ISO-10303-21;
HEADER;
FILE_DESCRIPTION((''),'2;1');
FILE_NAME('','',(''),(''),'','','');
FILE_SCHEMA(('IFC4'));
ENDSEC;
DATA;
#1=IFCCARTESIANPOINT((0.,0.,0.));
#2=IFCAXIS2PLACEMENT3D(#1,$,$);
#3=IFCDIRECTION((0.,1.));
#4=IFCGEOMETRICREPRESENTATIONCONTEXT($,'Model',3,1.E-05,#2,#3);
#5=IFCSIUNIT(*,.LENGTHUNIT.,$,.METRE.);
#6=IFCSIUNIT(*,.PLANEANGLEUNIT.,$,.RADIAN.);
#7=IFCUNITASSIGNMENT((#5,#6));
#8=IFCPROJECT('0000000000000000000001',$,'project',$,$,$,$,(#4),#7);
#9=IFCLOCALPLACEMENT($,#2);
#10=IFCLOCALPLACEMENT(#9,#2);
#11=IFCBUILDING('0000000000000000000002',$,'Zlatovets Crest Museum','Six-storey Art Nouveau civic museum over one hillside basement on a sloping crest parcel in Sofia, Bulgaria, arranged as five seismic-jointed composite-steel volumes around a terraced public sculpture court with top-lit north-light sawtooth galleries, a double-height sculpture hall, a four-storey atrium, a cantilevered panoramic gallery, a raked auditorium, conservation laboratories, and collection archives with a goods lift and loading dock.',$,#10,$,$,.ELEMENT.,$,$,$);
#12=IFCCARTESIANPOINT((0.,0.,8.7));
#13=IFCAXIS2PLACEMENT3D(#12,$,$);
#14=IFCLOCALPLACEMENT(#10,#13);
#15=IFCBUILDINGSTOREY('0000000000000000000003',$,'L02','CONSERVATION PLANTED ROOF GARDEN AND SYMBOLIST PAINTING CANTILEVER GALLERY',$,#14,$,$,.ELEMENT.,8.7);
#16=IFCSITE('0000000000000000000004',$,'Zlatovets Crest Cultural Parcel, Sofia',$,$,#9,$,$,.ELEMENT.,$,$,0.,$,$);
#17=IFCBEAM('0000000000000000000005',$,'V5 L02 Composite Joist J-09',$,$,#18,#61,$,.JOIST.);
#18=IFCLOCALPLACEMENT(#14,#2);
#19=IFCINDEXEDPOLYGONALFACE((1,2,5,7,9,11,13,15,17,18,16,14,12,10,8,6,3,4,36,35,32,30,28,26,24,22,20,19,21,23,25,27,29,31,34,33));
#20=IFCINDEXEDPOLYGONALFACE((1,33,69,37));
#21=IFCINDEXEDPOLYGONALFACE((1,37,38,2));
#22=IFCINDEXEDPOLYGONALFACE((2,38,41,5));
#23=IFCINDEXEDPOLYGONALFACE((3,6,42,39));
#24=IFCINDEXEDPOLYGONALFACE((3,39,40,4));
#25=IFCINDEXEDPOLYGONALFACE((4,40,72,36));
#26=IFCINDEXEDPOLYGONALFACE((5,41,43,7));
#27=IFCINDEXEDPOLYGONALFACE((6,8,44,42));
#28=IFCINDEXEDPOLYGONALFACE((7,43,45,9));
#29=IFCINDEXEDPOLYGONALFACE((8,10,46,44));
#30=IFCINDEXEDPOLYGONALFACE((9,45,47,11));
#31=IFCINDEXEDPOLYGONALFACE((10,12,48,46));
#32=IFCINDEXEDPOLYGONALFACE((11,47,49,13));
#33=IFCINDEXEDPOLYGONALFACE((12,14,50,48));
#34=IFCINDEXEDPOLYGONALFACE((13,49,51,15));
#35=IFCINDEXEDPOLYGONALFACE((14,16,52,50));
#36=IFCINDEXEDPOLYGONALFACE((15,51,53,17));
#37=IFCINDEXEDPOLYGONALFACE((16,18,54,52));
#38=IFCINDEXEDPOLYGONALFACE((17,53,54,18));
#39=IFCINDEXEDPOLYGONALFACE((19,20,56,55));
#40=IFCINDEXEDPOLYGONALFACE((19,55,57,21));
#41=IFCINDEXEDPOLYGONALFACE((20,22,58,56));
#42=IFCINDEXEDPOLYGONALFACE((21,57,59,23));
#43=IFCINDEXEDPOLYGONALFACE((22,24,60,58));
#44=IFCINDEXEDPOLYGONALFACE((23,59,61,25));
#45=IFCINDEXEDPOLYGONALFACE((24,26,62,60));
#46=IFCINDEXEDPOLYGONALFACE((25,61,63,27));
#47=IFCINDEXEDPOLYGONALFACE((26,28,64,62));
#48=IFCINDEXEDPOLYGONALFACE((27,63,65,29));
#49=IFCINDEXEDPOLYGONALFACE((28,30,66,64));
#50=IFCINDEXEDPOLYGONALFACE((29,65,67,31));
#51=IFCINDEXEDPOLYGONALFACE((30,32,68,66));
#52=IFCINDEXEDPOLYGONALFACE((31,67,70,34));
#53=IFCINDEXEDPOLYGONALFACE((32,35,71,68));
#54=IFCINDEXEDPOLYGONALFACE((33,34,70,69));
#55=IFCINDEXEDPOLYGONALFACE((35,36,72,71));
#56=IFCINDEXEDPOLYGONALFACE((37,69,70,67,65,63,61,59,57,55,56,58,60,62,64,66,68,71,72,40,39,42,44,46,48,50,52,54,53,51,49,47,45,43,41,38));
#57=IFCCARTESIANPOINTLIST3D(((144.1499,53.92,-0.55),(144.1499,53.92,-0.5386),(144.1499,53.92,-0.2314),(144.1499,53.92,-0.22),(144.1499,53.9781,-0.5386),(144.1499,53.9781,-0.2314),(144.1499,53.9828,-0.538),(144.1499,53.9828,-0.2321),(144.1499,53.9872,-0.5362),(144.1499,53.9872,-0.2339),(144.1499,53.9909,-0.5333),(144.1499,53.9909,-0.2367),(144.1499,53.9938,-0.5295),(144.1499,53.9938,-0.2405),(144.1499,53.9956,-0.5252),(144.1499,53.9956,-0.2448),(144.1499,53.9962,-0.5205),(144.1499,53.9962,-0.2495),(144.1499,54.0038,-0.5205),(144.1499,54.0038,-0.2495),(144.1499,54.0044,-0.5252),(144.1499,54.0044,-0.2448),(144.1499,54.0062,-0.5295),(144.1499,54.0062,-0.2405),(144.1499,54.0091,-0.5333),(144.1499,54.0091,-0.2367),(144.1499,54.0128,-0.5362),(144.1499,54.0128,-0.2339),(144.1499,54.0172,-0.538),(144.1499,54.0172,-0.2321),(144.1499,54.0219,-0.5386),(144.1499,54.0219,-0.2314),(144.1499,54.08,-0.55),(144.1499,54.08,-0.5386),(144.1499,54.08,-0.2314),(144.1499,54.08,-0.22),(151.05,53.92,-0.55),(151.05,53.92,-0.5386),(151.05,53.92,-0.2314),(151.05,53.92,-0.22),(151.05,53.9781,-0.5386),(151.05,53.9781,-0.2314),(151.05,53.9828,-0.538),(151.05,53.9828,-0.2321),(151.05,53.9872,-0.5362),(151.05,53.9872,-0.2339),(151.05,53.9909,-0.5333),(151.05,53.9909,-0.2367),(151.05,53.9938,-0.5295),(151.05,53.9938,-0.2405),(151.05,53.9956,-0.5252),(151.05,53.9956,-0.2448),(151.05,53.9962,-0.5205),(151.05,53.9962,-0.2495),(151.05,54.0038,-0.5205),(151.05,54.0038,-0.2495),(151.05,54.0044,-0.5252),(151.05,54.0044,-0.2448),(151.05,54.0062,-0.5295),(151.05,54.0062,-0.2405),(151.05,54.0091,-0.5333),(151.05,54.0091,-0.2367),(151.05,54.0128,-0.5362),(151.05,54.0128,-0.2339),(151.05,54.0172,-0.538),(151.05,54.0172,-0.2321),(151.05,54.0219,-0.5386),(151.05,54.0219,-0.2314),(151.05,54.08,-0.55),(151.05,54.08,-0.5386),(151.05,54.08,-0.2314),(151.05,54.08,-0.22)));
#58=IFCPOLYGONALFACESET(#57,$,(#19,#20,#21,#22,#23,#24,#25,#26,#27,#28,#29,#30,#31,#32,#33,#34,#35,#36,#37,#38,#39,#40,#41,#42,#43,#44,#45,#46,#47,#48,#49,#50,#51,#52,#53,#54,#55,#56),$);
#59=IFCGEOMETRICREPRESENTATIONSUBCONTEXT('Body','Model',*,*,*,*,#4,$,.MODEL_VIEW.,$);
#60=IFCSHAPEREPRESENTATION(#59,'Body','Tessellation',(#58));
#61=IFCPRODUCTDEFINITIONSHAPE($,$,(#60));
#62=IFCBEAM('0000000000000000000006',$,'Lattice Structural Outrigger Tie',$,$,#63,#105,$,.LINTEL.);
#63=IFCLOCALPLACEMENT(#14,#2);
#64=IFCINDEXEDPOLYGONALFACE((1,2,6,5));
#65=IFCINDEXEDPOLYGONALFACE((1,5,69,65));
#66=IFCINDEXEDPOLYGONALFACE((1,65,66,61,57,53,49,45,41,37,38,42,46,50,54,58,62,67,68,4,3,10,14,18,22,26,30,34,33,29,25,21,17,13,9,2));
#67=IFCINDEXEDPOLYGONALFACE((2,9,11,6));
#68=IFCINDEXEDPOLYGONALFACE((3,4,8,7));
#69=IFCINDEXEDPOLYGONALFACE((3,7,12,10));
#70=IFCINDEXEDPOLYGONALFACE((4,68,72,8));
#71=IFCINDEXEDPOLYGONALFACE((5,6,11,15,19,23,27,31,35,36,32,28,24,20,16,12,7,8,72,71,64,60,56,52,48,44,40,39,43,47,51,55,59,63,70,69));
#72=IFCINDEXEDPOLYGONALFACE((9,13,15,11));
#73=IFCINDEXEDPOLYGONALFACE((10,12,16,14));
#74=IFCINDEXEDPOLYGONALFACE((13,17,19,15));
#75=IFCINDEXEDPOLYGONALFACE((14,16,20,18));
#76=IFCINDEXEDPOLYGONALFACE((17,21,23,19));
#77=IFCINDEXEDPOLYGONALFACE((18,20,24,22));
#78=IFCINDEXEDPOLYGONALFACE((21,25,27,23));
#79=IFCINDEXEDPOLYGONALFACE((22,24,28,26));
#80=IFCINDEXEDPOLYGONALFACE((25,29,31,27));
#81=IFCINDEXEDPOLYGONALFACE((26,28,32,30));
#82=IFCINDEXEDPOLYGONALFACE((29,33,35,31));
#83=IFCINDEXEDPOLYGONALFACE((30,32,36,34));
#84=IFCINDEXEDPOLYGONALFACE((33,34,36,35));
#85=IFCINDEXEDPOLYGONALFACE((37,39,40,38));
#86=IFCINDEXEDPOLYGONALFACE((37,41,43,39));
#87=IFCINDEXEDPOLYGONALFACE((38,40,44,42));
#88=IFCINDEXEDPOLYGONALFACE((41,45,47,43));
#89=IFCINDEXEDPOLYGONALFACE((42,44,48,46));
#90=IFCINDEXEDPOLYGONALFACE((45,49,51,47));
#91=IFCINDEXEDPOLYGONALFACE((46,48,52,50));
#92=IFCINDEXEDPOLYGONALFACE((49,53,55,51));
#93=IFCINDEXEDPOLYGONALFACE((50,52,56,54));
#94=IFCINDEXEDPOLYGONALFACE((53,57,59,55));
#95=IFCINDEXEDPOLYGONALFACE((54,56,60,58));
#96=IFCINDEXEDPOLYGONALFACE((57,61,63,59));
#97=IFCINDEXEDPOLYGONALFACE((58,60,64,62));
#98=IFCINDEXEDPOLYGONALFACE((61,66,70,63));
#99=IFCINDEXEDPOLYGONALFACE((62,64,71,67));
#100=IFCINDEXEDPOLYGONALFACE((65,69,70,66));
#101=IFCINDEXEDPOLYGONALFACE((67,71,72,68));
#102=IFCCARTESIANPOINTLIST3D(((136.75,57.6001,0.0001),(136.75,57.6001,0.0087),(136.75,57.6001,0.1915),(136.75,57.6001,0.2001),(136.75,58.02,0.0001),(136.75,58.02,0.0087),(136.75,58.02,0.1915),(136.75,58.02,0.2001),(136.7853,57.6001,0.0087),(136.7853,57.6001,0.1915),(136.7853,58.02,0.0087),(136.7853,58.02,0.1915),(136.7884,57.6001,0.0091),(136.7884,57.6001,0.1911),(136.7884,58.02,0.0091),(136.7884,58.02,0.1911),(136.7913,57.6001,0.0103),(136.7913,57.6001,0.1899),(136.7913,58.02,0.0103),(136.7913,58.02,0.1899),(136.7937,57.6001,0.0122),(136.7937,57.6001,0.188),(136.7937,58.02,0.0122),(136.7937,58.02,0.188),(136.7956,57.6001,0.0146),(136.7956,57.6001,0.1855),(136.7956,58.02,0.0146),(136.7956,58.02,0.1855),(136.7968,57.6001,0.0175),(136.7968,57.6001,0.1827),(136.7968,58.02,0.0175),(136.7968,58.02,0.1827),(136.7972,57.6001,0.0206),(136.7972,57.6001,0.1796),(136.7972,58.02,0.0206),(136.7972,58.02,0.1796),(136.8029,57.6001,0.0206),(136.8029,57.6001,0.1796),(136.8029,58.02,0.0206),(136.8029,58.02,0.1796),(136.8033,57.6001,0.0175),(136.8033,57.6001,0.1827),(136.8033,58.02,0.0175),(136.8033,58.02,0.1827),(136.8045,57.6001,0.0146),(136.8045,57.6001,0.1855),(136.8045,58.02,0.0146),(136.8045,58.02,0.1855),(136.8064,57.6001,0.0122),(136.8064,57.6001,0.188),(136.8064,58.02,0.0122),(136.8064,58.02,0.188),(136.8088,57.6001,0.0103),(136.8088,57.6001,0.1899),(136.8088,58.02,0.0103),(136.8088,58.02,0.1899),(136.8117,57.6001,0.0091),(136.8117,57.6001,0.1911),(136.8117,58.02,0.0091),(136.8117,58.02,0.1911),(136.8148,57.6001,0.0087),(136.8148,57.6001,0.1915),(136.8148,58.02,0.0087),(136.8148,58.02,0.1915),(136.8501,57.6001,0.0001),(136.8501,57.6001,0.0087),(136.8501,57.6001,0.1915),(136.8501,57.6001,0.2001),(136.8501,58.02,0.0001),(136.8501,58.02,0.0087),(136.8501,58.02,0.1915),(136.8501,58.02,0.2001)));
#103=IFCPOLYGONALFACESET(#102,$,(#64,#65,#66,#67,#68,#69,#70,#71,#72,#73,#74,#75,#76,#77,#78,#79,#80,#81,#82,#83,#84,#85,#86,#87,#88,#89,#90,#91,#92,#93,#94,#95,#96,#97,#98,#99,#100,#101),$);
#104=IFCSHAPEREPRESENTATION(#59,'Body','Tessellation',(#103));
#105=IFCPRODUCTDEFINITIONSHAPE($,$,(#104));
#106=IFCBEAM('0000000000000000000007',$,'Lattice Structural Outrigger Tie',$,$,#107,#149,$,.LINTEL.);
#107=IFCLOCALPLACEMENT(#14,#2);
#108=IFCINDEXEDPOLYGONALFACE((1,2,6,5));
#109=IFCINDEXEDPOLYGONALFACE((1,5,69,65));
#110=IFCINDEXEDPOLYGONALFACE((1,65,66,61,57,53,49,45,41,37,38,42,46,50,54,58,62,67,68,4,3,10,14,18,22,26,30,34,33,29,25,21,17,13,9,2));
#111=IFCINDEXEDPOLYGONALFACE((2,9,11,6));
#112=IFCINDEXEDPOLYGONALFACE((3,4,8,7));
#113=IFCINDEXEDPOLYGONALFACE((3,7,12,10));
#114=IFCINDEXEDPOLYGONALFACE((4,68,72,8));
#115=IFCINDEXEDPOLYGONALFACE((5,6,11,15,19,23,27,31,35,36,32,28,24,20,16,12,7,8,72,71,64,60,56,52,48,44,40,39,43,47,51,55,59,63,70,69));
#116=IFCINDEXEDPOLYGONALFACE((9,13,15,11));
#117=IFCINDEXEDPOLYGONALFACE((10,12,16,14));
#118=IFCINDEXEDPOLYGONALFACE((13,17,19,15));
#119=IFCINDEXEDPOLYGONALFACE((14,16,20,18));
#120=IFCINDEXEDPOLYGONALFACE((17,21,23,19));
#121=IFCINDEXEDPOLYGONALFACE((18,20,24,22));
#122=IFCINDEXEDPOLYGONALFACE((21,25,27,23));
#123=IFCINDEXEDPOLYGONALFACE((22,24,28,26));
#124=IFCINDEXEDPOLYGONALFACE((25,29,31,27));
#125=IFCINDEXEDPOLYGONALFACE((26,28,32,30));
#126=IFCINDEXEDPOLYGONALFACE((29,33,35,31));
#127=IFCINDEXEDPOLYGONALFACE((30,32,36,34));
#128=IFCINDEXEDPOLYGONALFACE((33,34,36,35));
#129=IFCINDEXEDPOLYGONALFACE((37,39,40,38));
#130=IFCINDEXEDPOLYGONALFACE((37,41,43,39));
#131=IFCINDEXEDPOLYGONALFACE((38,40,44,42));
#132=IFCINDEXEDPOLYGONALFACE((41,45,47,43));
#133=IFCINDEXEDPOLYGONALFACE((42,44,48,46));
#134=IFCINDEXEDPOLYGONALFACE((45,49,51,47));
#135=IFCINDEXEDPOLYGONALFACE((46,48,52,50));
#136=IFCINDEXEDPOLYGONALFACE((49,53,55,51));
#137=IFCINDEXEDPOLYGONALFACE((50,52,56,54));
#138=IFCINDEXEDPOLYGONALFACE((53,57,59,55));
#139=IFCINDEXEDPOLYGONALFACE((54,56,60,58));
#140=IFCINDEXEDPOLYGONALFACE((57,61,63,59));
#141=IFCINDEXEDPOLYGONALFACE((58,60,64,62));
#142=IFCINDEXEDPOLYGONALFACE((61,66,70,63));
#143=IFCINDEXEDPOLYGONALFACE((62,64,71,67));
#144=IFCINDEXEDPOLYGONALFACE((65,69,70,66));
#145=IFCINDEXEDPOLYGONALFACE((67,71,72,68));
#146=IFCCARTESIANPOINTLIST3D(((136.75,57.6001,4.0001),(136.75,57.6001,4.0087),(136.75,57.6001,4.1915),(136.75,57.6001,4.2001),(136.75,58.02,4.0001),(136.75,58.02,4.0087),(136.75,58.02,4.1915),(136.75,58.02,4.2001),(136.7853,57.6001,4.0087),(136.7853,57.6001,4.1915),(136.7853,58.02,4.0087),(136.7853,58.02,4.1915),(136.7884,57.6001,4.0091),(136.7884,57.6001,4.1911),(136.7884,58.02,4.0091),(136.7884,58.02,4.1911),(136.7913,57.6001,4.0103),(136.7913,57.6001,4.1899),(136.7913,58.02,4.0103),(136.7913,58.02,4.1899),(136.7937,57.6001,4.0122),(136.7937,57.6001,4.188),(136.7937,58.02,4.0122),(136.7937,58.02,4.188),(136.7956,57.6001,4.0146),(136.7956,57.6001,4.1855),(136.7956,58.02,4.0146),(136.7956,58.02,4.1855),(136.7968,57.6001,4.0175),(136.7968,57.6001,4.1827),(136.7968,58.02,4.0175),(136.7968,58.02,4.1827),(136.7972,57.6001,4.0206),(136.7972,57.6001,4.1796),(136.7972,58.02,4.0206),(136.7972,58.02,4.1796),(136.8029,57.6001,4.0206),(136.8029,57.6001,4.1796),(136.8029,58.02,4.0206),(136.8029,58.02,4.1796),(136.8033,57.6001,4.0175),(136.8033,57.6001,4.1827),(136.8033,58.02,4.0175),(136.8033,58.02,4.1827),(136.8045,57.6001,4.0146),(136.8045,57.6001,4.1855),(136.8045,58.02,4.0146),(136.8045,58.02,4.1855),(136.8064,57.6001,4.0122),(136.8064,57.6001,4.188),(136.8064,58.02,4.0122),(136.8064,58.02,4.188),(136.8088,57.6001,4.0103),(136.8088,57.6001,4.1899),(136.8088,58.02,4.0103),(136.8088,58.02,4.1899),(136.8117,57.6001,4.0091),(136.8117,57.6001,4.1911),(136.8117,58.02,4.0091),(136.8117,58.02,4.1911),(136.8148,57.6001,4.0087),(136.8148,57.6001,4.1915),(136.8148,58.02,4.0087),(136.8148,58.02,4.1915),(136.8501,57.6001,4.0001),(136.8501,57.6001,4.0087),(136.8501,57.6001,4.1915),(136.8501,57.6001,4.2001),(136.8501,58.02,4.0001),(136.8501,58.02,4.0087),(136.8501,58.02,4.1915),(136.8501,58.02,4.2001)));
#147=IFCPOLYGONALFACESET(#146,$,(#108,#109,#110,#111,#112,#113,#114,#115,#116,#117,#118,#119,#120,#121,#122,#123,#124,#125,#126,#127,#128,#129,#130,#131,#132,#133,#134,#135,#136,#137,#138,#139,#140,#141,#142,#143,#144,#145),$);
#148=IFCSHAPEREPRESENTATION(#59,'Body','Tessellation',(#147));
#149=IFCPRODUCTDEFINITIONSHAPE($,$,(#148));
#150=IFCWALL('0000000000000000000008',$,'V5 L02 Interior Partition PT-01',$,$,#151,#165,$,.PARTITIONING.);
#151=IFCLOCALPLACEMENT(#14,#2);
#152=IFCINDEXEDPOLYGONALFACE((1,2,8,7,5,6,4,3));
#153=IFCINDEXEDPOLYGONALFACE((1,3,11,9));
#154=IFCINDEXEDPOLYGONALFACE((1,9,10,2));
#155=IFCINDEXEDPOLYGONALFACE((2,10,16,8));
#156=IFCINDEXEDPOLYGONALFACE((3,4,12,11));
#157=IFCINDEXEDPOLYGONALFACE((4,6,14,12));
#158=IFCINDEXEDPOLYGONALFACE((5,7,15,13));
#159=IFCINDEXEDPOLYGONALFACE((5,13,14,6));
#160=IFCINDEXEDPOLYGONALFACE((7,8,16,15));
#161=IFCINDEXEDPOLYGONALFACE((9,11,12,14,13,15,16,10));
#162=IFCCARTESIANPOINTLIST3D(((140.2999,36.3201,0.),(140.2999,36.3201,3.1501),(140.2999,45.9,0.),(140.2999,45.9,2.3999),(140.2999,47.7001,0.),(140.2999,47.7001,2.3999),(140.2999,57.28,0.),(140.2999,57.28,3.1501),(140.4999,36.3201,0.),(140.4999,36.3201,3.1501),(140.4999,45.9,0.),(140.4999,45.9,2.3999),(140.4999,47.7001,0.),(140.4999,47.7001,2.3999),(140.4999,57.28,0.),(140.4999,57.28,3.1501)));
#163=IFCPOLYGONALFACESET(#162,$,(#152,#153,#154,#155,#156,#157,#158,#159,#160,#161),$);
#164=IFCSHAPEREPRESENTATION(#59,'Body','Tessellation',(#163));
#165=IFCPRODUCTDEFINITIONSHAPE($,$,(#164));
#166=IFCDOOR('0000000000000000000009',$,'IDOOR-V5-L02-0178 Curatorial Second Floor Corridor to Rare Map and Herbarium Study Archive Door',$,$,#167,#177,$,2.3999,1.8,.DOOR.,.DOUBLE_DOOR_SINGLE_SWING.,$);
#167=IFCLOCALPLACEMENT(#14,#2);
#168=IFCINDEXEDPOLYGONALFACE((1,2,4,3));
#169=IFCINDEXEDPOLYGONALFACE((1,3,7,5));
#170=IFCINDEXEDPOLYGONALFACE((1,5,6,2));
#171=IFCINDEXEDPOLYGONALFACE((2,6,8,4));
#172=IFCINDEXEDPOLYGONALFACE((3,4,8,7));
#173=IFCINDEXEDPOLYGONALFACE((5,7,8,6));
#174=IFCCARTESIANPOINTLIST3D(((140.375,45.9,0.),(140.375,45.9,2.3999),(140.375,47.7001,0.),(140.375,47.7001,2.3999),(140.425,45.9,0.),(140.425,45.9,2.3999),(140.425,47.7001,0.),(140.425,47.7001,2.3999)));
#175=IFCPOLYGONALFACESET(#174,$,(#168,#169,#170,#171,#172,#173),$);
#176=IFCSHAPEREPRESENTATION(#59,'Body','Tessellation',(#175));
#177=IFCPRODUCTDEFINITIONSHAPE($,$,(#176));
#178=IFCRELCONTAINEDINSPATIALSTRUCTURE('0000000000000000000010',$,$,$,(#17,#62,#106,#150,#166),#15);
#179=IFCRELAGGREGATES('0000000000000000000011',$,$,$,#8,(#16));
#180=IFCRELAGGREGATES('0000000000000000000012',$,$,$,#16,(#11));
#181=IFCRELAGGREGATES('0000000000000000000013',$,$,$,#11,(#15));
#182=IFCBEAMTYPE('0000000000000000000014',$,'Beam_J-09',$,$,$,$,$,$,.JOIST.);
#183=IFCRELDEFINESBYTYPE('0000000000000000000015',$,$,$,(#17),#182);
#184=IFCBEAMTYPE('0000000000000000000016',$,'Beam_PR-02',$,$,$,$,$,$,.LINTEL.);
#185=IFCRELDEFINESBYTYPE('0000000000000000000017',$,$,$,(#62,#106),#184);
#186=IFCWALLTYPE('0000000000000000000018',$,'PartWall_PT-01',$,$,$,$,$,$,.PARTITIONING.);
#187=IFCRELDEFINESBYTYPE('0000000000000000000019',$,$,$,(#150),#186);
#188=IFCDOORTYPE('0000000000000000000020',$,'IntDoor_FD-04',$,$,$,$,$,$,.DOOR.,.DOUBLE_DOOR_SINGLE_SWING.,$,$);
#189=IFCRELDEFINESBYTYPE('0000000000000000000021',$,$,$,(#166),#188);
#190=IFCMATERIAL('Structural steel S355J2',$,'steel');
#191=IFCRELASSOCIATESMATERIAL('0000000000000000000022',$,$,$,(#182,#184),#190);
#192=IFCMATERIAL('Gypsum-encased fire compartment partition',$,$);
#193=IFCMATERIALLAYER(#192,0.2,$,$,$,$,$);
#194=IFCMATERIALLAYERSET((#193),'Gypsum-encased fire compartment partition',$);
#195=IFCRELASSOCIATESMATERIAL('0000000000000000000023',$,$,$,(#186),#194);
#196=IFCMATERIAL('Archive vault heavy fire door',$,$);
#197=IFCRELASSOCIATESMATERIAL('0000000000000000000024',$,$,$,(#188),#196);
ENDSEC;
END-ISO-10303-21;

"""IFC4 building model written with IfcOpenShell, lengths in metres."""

from ifc_helpers import new_model, si_unit, direction, frame, frame_2d, origin, origin_2d, place, context, subcontext, project, spatial, rectangle, i_section, extrude, material, layer, layer_set, material_profile, profile_set, type_object, element, fill, save


model = new_model("IFC4")

# Units and contexts
model_context = context("Model", 3, precision=1e-05, world=origin(), true_north=direction((0.0, 1.0)))
body_context = subcontext(model_context, "Body", "Model", "MODEL_VIEW")
ifc_project = project(units=[si_unit("LENGTHUNIT", "METRE"), si_unit("PLANEANGLEUNIT", "RADIAN")], contexts=[model_context])

# Site, building, storey
site_placement = place(None, origin())
site = spatial("IfcSite", under=ifc_project, at=site_placement, Name="Zlatovets Crest Cultural Parcel, Sofia", CompositionType="ELEMENT", RefElevation=0.0)
building_placement = place(site_placement, origin())
building = spatial("IfcBuilding", under=site, at=building_placement, Name="Zlatovets Crest Museum", Description="Six-storey Art Nouveau civic museum over one hillside basement on a sloping crest parcel in Sofia, Bulgaria, arranged as five seismic-jointed composite-steel volumes around a terraced public sculpture court with top-lit north-light sawtooth galleries, a double-height sculpture hall, a four-storey atrium, a cantilevered panoramic gallery, a raked auditorium, conservation laboratories, and collection archives with a goods lift and loading dock.", CompositionType="ELEMENT")
storey_placement = place(building_placement, frame((0.0, 0.0, 8.7)))
storey = spatial("IfcBuildingStorey", under=building, at=storey_placement, Name="L02", Description="CONSERVATION PLANTED ROOF GARDEN AND SYMBOLIST PAINTING CANTILEVER GALLERY", CompositionType="ELEMENT", Elevation=8.7)

# Shared definitions
ifc_material_1 = material(Name="Structural steel S355J2", Category="steel")

# Beams
ifc_material_profile_1 = material_profile(ifc_material_1, i_section(OverallWidth=0.1599, OverallDepth=0.3301, WebThickness=0.0076, FlangeThickness=0.0115, FilletRadius=0.0181, at=origin_2d()), Name="IPE 330")
ifc_profile_set_1 = profile_set([ifc_material_profile_1], Name="Structural steel S355J2")
beam_type_1 = type_object("IfcBeamType", Name="Beam_J-09", PredefinedType="JOIST", material=ifc_profile_set_1)
for number, where, z_axis, x_axis, name in (
    (1, (144.1499, 54.0, -0.385), (1.0, 0.0, 0.0), (0.0, 1.0, 0.0), "V5 L02 Composite Joist J-09"),
):
    element("IfcBeam", number, at=place(storey_placement, frame(where, z_axis=z_axis, x_axis=x_axis)), inside=storey, type_object=beam_type_1, Name=name, PredefinedType="JOIST", context=body_context, shape_type="SweptSolid", body=[
        extrude(i_section(OverallWidth=0.1599, OverallDepth=0.3301, WebThickness=0.0076, FlangeThickness=0.0115, FilletRadius=0.0181, at=origin_2d()), origin(), (0.0, 0.0, 1.0), 6.9001),
    ])
ifc_material_profile_2 = material_profile(ifc_material_1, i_section(OverallWidth=0.1001, OverallDepth=0.2, WebThickness=0.0056, FlangeThickness=0.0085, FilletRadius=0.012, at=origin_2d()), Name="IPE 200")
ifc_profile_set_2 = profile_set([ifc_material_profile_2], Name="Structural steel S355J2")
beam_type_2 = type_object("IfcBeamType", Name="Beam_PR-02", PredefinedType="LINTEL", material=ifc_profile_set_2)
for number, where, z_axis, x_axis, name in (
    (2, (136.8, 57.6001, 0.1001), (0.0, 1.0, 0.0), (-1.0, 0.0, 0.0), "Lattice Structural Outrigger Tie"),
    (3, (136.8, 57.6001, 4.1001), (0.0, 1.0, 0.0), (-1.0, 0.0, 0.0), "Lattice Structural Outrigger Tie"),
):
    element("IfcBeam", number, at=place(storey_placement, frame(where, z_axis=z_axis, x_axis=x_axis)), inside=storey, type_object=beam_type_2, Name=name, PredefinedType="LINTEL", context=body_context, shape_type="SweptSolid", body=[
        extrude(i_section(OverallWidth=0.1001, OverallDepth=0.2, WebThickness=0.0056, FlangeThickness=0.0085, FilletRadius=0.012, at=origin_2d()), origin(), (0.0, 0.0, 1.0), 0.4199),
    ])

# Wall, opening, door
ifc_material_2 = material(Name="Gypsum-encased fire compartment partition")
ifc_layer = layer(ifc_material_2, 0.2)
ifc_layer_set = layer_set([ifc_layer], Name="Gypsum-encased fire compartment partition")
wall_type = type_object("IfcWallType", Name="PartWall_PT-01", PredefinedType="PARTITIONING", material=ifc_layer_set)
wall_1_placement = place(storey_placement, frame((140.3999, 36.3201, 0.0), z_axis=(0.0, 0.0, 1.0), x_axis=(0.0, 1.0, 0.0)))
wall_1 = element("IfcWall", 4, at=wall_1_placement, inside=storey, type_object=wall_type, Name="V5 L02 Interior Partition PT-01", PredefinedType="PARTITIONING", context=body_context, shape_type="SweptSolid", body=[
    extrude(rectangle(XDim=20.96, YDim=0.2, at=frame_2d((10.48, 0.0))), origin(), (0.0, 0.0, 1.0), 3.1501),
])
opening_1_placement = place(wall_1_placement, frame((9.5801, 0.0, 0.0)))
opening_1 = element("IfcOpeningElement", 5, at=opening_1_placement, cuts=wall_1, PredefinedType="OPENING", context=body_context, shape_type="SweptSolid", body=[
    extrude(rectangle(XDim=1.8, YDim=2.3999, at=frame_2d((0.8999, 1.2))), frame((0.0, 0.1099, 0.0), z_axis=(0.0, -1.0, 0.0), x_axis=(1.0, 0.0, 0.0)), (0.0, 0.0, 1.0), 0.22),
])
ifc_material_3 = material(Name="Archive vault heavy fire door")
door_type = type_object("IfcDoorType", Name="IntDoor_FD-04", OperationType="DOUBLE_DOOR_SINGLE_SWING", PredefinedType="DOOR", material=ifc_material_3)
door_1_placement = place(opening_1_placement, origin())
door_1 = element("IfcDoor", 6, at=door_1_placement, inside=storey, type_object=door_type, Name="IDOOR-V5-L02-0178 Curatorial Second Floor Corridor to Rare Map and Herbarium Study Archive Door", OperationType="DOUBLE_DOOR_SINGLE_SWING", OverallHeight=2.3999, OverallWidth=1.8, PredefinedType="DOOR", context=body_context, shape_type="SweptSolid", body=[
    extrude(rectangle(XDim=1.8, YDim=2.3999, at=frame_2d((0.8999, 1.2))), frame((0.0, 0.0249, 0.0), z_axis=(0.0, -1.0, 0.0), x_axis=(1.0, 0.0, 0.0)), (0.0, 0.0, 1.0), 0.05),
])
fill(opening_1, door_1)

save(model, "model.ifc")
